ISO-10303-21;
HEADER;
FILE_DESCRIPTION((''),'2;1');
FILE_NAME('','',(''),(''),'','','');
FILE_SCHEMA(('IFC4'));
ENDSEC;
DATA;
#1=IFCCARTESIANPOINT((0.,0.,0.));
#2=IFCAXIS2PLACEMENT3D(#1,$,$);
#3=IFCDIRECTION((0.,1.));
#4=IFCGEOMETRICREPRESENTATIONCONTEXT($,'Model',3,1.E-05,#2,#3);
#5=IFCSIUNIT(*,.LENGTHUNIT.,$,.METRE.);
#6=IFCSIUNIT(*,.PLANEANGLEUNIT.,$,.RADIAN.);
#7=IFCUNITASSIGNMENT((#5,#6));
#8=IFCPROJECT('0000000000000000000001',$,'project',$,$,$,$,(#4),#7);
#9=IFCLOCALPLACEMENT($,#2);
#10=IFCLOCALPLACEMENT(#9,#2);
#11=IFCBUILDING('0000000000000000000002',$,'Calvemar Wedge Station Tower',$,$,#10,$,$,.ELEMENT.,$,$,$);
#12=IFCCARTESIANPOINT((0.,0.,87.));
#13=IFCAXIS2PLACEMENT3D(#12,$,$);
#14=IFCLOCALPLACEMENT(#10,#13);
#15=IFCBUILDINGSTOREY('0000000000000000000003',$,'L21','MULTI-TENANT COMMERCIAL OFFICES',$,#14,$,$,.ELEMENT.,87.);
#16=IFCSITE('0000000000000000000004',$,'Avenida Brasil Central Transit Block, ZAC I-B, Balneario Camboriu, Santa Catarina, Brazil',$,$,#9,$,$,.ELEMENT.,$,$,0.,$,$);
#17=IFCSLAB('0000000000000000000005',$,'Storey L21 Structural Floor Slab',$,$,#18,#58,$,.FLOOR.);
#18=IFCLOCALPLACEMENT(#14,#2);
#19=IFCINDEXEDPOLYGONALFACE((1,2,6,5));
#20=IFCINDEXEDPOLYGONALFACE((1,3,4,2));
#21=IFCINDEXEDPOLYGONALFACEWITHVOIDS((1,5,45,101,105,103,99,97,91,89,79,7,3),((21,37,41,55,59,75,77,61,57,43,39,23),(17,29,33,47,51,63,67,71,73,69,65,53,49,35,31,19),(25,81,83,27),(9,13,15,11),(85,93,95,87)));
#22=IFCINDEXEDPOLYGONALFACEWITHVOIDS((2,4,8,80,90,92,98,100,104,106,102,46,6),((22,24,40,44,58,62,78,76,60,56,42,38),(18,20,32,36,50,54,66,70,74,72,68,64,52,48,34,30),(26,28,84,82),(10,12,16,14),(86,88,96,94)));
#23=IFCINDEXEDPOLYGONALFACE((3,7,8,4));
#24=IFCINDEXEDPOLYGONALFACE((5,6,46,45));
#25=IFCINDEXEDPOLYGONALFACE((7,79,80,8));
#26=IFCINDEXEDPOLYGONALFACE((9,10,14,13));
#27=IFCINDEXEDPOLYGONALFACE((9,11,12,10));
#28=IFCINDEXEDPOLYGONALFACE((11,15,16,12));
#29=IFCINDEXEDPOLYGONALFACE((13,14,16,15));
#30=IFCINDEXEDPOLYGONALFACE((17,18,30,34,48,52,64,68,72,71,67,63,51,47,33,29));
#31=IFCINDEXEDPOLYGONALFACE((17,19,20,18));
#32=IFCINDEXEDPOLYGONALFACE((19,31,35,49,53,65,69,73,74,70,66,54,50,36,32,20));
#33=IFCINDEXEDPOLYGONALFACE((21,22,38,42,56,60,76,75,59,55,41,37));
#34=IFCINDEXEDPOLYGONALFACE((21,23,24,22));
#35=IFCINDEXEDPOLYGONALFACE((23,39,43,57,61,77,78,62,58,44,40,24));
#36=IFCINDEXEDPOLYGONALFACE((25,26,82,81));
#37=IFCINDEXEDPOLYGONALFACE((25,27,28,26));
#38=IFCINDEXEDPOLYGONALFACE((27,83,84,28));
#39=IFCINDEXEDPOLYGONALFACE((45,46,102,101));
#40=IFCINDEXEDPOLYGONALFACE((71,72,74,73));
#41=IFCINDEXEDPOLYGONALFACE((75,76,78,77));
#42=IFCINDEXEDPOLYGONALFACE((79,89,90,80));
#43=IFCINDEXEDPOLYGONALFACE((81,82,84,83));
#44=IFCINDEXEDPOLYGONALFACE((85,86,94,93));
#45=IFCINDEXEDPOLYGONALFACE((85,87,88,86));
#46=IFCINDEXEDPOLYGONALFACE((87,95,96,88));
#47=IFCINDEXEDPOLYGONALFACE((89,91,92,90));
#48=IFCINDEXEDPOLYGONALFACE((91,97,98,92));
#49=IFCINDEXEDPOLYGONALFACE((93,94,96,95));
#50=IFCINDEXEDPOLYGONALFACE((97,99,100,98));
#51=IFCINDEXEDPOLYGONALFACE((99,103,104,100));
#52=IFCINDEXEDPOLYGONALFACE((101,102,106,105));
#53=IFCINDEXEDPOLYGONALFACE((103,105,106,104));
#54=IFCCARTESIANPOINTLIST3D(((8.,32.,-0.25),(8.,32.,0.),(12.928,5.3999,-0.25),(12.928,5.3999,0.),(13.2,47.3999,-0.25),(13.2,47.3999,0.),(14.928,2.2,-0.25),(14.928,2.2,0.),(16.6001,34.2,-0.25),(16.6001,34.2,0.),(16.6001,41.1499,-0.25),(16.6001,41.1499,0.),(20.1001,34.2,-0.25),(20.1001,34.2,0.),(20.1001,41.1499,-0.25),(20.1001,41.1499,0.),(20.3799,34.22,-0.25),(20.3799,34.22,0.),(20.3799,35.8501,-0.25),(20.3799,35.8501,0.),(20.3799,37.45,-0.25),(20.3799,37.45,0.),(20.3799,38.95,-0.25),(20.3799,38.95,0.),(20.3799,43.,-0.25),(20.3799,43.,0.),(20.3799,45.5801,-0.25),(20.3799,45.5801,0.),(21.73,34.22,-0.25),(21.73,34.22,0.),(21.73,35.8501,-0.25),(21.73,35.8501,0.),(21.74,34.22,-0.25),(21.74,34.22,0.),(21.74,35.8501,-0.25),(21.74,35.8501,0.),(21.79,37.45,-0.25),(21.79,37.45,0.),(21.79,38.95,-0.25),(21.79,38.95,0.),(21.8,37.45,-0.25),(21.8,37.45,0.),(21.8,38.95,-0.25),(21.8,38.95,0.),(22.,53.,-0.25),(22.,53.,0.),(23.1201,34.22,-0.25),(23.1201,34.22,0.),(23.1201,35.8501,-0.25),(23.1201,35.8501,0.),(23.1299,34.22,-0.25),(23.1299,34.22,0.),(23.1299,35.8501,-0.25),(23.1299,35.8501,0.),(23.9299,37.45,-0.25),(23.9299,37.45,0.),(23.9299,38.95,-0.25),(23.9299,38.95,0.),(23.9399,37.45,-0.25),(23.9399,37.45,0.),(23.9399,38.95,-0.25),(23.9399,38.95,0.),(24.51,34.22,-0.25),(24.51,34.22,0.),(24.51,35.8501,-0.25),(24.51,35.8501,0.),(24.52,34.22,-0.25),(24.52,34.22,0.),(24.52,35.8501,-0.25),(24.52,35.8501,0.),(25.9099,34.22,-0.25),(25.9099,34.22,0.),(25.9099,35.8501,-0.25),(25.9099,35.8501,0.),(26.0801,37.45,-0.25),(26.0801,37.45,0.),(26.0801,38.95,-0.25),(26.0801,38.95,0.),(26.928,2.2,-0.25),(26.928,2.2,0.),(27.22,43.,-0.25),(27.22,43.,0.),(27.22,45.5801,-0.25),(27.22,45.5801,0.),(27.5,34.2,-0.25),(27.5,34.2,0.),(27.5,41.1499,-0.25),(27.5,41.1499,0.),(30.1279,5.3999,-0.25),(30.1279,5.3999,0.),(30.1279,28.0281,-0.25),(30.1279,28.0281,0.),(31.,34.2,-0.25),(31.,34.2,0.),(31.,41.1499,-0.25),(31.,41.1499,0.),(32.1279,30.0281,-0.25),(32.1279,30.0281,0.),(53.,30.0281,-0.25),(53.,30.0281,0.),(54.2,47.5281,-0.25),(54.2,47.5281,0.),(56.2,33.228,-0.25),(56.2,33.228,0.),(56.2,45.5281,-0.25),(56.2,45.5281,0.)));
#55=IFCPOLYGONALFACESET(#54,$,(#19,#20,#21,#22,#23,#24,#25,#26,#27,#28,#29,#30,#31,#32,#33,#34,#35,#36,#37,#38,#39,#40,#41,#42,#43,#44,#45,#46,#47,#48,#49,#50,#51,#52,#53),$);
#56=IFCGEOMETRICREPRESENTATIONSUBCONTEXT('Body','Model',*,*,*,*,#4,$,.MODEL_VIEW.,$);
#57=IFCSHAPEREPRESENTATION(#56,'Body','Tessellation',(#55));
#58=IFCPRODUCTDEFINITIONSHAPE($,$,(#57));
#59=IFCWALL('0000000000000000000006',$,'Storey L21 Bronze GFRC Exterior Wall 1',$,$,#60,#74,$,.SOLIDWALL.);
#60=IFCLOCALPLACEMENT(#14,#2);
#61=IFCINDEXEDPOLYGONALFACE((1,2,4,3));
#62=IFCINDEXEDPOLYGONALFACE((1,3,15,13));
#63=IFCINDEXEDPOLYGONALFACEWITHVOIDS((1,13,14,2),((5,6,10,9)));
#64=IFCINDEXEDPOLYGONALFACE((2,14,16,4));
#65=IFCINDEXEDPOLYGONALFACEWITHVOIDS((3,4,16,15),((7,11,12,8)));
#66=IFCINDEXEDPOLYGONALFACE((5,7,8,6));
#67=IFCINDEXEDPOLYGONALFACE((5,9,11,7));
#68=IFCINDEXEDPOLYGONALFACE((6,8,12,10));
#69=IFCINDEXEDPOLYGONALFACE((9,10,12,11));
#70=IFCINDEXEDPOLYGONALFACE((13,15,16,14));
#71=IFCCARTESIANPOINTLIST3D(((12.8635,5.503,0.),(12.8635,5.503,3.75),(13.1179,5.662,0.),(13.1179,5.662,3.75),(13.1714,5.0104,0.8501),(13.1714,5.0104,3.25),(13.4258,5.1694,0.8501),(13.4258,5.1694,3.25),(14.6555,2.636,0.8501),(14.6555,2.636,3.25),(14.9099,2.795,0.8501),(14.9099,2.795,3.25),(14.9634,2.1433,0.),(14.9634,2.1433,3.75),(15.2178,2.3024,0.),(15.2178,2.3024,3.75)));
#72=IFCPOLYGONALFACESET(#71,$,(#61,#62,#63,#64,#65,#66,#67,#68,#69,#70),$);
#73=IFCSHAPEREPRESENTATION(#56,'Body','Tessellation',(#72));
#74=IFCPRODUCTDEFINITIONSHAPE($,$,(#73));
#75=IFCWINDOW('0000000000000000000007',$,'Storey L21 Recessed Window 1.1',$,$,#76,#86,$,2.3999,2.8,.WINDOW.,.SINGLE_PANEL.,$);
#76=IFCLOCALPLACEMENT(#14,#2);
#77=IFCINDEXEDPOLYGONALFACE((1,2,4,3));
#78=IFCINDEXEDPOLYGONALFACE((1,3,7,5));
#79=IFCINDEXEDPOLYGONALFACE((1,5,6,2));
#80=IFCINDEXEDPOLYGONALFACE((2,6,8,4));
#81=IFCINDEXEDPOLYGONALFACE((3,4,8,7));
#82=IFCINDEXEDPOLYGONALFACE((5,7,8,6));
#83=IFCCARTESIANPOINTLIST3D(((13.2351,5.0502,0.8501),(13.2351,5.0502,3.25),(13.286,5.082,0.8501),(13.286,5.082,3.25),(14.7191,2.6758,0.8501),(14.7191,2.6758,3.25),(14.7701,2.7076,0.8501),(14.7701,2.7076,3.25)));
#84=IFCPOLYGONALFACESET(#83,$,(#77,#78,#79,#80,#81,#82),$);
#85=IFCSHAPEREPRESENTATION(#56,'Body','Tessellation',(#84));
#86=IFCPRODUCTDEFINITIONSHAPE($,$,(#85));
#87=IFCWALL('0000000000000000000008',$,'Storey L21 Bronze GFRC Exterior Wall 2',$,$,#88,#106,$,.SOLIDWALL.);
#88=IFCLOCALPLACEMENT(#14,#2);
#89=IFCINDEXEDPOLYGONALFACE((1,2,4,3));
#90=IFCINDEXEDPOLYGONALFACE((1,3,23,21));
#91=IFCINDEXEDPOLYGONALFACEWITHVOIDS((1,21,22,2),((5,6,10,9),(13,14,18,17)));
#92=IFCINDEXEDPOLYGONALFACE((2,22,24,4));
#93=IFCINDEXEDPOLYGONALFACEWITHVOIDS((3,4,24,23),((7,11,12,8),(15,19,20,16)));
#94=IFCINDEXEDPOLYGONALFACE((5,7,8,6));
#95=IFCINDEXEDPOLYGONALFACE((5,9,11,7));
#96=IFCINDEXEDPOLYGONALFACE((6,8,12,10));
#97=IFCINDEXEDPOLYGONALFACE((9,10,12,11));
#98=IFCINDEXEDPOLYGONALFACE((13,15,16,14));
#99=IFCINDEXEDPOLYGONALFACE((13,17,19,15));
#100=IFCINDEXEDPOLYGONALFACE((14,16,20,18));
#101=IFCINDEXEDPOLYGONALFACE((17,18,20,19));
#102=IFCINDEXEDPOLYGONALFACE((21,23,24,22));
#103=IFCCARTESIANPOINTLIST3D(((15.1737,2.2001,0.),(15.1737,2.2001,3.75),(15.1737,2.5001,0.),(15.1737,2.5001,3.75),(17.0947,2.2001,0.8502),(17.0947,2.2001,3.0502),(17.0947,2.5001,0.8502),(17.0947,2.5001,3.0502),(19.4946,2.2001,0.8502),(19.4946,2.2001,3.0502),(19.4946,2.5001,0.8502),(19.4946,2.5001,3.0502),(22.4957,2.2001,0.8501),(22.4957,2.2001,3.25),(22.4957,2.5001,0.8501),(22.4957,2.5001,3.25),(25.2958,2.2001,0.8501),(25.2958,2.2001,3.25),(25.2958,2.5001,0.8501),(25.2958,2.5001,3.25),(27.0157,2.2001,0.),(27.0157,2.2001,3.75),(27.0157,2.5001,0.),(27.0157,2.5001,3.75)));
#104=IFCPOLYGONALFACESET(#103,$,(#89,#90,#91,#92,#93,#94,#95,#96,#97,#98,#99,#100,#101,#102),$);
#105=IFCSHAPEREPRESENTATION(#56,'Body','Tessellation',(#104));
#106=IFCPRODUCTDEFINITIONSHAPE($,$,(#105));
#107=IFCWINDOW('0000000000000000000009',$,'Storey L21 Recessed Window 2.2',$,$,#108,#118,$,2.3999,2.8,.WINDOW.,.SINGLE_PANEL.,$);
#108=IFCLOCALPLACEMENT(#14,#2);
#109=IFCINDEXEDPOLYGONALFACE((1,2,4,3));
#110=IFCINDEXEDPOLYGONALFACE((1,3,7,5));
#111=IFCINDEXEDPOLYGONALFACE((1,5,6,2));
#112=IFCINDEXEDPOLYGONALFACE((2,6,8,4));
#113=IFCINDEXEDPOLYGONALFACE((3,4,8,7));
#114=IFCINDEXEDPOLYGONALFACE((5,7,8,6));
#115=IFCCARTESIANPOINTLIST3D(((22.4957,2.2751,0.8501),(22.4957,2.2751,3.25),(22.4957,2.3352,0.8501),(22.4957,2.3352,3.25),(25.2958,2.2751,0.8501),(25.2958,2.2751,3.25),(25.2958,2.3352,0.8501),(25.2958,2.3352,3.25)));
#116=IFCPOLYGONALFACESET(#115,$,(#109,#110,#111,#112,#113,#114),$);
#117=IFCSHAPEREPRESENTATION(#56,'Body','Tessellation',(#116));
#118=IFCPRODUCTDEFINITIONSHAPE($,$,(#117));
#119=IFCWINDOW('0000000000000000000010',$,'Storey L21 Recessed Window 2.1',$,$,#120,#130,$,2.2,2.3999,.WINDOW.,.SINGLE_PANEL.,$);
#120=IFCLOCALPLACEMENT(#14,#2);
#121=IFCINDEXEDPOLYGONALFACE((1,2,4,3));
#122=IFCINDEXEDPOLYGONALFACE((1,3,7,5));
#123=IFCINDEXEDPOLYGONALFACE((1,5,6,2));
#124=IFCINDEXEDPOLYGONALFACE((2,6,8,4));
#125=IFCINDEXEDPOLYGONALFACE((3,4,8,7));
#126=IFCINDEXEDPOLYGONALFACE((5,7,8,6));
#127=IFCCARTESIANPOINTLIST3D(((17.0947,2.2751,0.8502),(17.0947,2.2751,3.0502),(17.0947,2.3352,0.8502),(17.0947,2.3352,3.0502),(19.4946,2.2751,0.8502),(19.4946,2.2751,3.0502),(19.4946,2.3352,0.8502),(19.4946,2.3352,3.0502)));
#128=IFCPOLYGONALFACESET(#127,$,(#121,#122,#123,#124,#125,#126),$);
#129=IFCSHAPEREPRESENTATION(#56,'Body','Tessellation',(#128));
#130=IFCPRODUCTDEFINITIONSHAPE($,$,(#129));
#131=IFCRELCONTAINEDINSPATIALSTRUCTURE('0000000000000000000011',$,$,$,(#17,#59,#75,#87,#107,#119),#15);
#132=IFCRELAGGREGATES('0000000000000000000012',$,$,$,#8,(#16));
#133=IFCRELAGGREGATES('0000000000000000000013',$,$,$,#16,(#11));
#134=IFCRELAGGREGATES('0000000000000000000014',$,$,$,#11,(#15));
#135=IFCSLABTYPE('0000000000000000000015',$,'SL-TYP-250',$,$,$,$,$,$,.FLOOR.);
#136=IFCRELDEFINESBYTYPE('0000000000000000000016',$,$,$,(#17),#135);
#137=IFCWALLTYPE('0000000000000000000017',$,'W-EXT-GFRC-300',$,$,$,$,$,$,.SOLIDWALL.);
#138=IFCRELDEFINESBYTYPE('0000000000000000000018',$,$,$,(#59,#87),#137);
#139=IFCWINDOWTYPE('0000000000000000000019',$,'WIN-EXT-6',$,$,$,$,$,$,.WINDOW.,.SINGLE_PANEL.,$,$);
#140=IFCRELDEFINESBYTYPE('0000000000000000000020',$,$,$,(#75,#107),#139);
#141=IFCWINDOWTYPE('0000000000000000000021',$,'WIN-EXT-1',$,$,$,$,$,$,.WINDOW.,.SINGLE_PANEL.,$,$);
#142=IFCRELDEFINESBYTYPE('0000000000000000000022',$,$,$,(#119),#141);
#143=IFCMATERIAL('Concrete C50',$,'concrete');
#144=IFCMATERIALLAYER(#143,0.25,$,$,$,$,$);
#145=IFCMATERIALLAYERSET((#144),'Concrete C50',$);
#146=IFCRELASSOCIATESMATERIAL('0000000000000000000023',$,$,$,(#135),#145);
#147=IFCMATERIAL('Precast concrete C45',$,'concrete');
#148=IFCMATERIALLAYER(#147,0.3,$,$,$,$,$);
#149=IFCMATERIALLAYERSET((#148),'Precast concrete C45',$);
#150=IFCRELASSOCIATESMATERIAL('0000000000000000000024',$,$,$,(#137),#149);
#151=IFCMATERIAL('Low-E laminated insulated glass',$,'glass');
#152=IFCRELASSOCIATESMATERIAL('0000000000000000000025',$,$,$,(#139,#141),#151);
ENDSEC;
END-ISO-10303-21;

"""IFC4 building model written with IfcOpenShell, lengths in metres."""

from ifc_helpers import new_model, si_unit, direction, frame, frame_2d, origin, place, context, subcontext, project, spatial, polyline, rectangle, outline, extrude, source, transform, mapped, material, layer, layer_set, type_object, element, fill, save


model = new_model("IFC4")

# Units and contexts
model_context = context("Model", 3, precision=1e-05, world=origin(), true_north=direction((0.0, 1.0)))
body_context = subcontext(model_context, "Body", "Model", "MODEL_VIEW")
ifc_project = project(units=[si_unit("LENGTHUNIT", "METRE"), si_unit("PLANEANGLEUNIT", "RADIAN")], contexts=[model_context])

# Site, building, storey
site_placement = place(None, origin())
site = spatial("IfcSite", under=ifc_project, at=site_placement, Name="Avenida Brasil Central Transit Block, ZAC I-B, Balneario Camboriu, Santa Catarina, Brazil", CompositionType="ELEMENT", RefElevation=0.0)
building_placement = place(site_placement, origin())
building = spatial("IfcBuilding", under=site, at=building_placement, Name="Calvemar Wedge Station Tower", CompositionType="ELEMENT")
storey_placement = place(building_placement, frame((0.0, 0.0, 87.0)))
storey = spatial("IfcBuildingStorey", under=building, at=storey_placement, Name="L21", Description="MULTI-TENANT COMMERCIAL OFFICES", CompositionType="ELEMENT", Elevation=87.0)

# Slab
ifc_material_1 = material(Name="Concrete C50", Category="concrete")
ifc_layer_1 = layer(ifc_material_1, 0.25)
ifc_layer_set_1 = layer_set([ifc_layer_1], Name="Concrete C50")
slab_type_1 = type_object("IfcSlabType", Name="SL-TYP-250", PredefinedType="FLOOR", material=ifc_layer_set_1)
slab_1_placement = place(storey_placement, frame((0.0, 0.0, -0.25)))
element("IfcSlab", 1, at=slab_1_placement, inside=storey, type_object=slab_type_1, Name="Storey L21 Structural Floor Slab", PredefinedType="FLOOR", context=body_context, shape_type="SweptSolid", body=[
    extrude(outline(polyline([(8.0, 32.0), (12.928, 5.3999), (14.928, 2.2), (26.928, 2.2), (30.1279, 5.3999), (30.1279, 28.0281), (32.1279, 30.0281), (53.0, 30.0281), (56.2, 33.228), (56.2, 45.5281), (54.2, 47.5281), (22.0, 53.0), (13.2, 47.3999), (8.0, 32.0)]), holes=[polyline([(21.74, 35.8501), (21.73, 35.8501), (20.3799, 35.8501), (20.3799, 34.22), (21.73, 34.22), (21.74, 34.22), (23.1201, 34.22), (23.1299, 34.22), (24.51, 34.22), (24.52, 34.22), (25.9099, 34.22), (25.9099, 35.8501), (24.52, 35.8501), (24.51, 35.8501), (23.1299, 35.8501), (23.1201, 35.8501), (21.74, 35.8501)]), polyline([(16.6001, 41.1499), (16.6001, 34.2), (20.1001, 34.2), (20.1001, 41.1499), (16.6001, 41.1499)]), polyline([(27.5, 34.2), (31.0, 34.2), (31.0, 41.1499), (27.5, 41.1499), (27.5, 34.2)]), polyline([(21.79, 37.45), (21.8, 37.45), (23.9299, 37.45), (23.9399, 37.45), (26.0801, 37.45), (26.0801, 38.95), (23.9399, 38.95), (23.9299, 38.95), (21.8, 38.95), (21.79, 38.95), (20.3799, 38.95), (20.3799, 37.45), (21.79, 37.45)]), polyline([(20.3799, 43.0), (27.22, 43.0), (27.22, 45.5801), (20.3799, 45.5801), (20.3799, 43.0)])]), origin(), (0.0, 0.0, 1.0), 0.25),
])

# Wall, opening, window
ifc_material_2 = material(Name="Precast concrete C45", Category="concrete")
ifc_layer_2 = layer(ifc_material_2, 0.3)
ifc_layer_set_2 = layer_set([ifc_layer_2], Name="Precast concrete C45")
wall_type = type_object("IfcWallType", Name="W-EXT-GFRC-300", PredefinedType="SOLIDWALL", material=ifc_layer_set_2)
wall_1_placement = place(storey_placement, frame((12.9907, 5.5825, 0.0), z_axis=(0.0, 0.0, 1.0), x_axis=(0.530016, -0.847988, 0.0)))
wall_1 = element("IfcWall", 2, at=wall_1_placement, inside=storey, type_object=wall_type, Name="Storey L21 Bronze GFRC Exterior Wall 1", PredefinedType="SOLIDWALL", context=body_context, shape_type="SweptSolid", body=[
    extrude(rectangle(XDim=3.9619, YDim=0.3, at=frame_2d((1.981, 0.0))), origin(), (0.0, 0.0, 1.0), 3.75),
])
shared_shape_1 = source(origin(), body_context, "Body", "SweptSolid", [
    extrude(rectangle(XDim=2.8, YDim=2.3999, at=frame_2d((1.3999, 1.2))), frame((0.0, 0.1602, 0.0), z_axis=(0.0, -1.0, 0.0), x_axis=(1.0, 0.0, 0.0)), (0.0, 0.0, 1.0), 0.3201),
])
opening_1_placement = place(wall_1_placement, frame((0.5811, 0.0, 0.8501)))
opening_1 = element("IfcOpeningElement", 3, at=opening_1_placement, cuts=wall_1, PredefinedType="OPENING", context=body_context, shape_type="MappedRepresentation", body=[
    mapped(shared_shape_1, transform((0.0, 0.0, 0.0), scale=1.0)),
])
ifc_material_3 = material(Name="Low-E laminated insulated glass", Category="glass")
window_type_1 = type_object("IfcWindowType", Name="WIN-EXT-6", PartitioningType="SINGLE_PANEL", PredefinedType="WINDOW", material=ifc_material_3)
shared_shape_2 = source(origin(), body_context, "Body", "SweptSolid", [
    extrude(rectangle(XDim=2.8, YDim=2.3999, at=frame_2d((1.3999, 1.2))), frame((0.0, -0.0149, 0.0), z_axis=(0.0, -1.0, 0.0), x_axis=(1.0, 0.0, 0.0)), (0.0, 0.0, 1.0), 0.0601),
])
window_1_placement = place(opening_1_placement, origin())
window_1 = element("IfcWindow", 4, at=window_1_placement, inside=storey, type_object=window_type_1, Name="Storey L21 Recessed Window 1.1", OverallHeight=2.3999, OverallWidth=2.8, PartitioningType="SINGLE_PANEL", PredefinedType="WINDOW", context=body_context, shape_type="MappedRepresentation", body=[
    mapped(shared_shape_2, transform((0.0, 0.0, 0.0), scale=1.0)),
])
fill(opening_1, window_1)

# Wall, openings, windows
wall_2_placement = place(storey_placement, frame((15.1738, 2.3501, 0.0), z_axis=(0.0, 0.0, 1.0), x_axis=(1.0, 0.0, 0.0)))
wall_2 = element("IfcWall", 5, at=wall_2_placement, inside=storey, type_object=wall_type, Name="Storey L21 Bronze GFRC Exterior Wall 2", PredefinedType="SOLIDWALL", context=body_context, shape_type="SweptSolid", body=[
    extrude(rectangle(XDim=11.842, YDim=0.3, at=frame_2d((5.9209, 0.0))), origin(), (0.0, 0.0, 1.0), 3.75),
])
shared_shape_3 = source(origin(), body_context, "Body", "SweptSolid", [
    extrude(rectangle(XDim=2.3999, YDim=2.2, at=frame_2d((1.2, 1.1001))), frame((0.0, 0.1602, 0.0), z_axis=(0.0, -1.0, 0.0), x_axis=(1.0, 0.0, 0.0)), (0.0, 0.0, 1.0), 0.3201),
])
opening_2_placement = place(wall_2_placement, frame((1.9209, 0.0, 0.8501)))
opening_2 = element("IfcOpeningElement", 6, at=opening_2_placement, cuts=wall_2, PredefinedType="OPENING", context=body_context, shape_type="MappedRepresentation", body=[
    mapped(shared_shape_3, transform((0.0, 0.0, 0.0), scale=1.0)),
])
opening_3_placement = place(wall_2_placement, frame((7.322, 0.0, 0.8501)))
opening_3 = element("IfcOpeningElement", 7, at=opening_3_placement, cuts=wall_2, PredefinedType="OPENING", context=body_context, shape_type="MappedRepresentation", body=[
    mapped(shared_shape_1, transform((0.0, 0.0, 0.0), scale=1.0)),
])
window_2_placement = place(opening_3_placement, origin())
window_2 = element("IfcWindow", 8, at=window_2_placement, inside=storey, type_object=window_type_1, Name="Storey L21 Recessed Window 2.2", OverallHeight=2.3999, OverallWidth=2.8, PartitioningType="SINGLE_PANEL", PredefinedType="WINDOW", context=body_context, shape_type="MappedRepresentation", body=[
    mapped(shared_shape_2, transform((0.0, 0.0, 0.0), scale=1.0)),
])
fill(opening_3, window_2)
window_type_2 = type_object("IfcWindowType", Name="WIN-EXT-1", PartitioningType="SINGLE_PANEL", PredefinedType="WINDOW", material=ifc_material_3)
shared_shape_4 = source(origin(), body_context, "Body", "SweptSolid", [
    extrude(rectangle(XDim=2.3999, YDim=2.2, at=frame_2d((1.2, 1.1001))), frame((0.0, -0.0149, 0.0), z_axis=(0.0, -1.0, 0.0), x_axis=(1.0, 0.0, 0.0)), (0.0, 0.0, 1.0), 0.0601),
])
window_3_placement = place(opening_2_placement, origin())
window_3 = element("IfcWindow", 9, at=window_3_placement, inside=storey, type_object=window_type_2, Name="Storey L21 Recessed Window 2.1", OverallHeight=2.2, OverallWidth=2.3999, PartitioningType="SINGLE_PANEL", PredefinedType="WINDOW", context=body_context, shape_type="MappedRepresentation", body=[
    mapped(shared_shape_4, transform((0.0, 0.0, 0.0), scale=1.0)),
])
fill(opening_2, window_3)

save(model, "model.ifc")
